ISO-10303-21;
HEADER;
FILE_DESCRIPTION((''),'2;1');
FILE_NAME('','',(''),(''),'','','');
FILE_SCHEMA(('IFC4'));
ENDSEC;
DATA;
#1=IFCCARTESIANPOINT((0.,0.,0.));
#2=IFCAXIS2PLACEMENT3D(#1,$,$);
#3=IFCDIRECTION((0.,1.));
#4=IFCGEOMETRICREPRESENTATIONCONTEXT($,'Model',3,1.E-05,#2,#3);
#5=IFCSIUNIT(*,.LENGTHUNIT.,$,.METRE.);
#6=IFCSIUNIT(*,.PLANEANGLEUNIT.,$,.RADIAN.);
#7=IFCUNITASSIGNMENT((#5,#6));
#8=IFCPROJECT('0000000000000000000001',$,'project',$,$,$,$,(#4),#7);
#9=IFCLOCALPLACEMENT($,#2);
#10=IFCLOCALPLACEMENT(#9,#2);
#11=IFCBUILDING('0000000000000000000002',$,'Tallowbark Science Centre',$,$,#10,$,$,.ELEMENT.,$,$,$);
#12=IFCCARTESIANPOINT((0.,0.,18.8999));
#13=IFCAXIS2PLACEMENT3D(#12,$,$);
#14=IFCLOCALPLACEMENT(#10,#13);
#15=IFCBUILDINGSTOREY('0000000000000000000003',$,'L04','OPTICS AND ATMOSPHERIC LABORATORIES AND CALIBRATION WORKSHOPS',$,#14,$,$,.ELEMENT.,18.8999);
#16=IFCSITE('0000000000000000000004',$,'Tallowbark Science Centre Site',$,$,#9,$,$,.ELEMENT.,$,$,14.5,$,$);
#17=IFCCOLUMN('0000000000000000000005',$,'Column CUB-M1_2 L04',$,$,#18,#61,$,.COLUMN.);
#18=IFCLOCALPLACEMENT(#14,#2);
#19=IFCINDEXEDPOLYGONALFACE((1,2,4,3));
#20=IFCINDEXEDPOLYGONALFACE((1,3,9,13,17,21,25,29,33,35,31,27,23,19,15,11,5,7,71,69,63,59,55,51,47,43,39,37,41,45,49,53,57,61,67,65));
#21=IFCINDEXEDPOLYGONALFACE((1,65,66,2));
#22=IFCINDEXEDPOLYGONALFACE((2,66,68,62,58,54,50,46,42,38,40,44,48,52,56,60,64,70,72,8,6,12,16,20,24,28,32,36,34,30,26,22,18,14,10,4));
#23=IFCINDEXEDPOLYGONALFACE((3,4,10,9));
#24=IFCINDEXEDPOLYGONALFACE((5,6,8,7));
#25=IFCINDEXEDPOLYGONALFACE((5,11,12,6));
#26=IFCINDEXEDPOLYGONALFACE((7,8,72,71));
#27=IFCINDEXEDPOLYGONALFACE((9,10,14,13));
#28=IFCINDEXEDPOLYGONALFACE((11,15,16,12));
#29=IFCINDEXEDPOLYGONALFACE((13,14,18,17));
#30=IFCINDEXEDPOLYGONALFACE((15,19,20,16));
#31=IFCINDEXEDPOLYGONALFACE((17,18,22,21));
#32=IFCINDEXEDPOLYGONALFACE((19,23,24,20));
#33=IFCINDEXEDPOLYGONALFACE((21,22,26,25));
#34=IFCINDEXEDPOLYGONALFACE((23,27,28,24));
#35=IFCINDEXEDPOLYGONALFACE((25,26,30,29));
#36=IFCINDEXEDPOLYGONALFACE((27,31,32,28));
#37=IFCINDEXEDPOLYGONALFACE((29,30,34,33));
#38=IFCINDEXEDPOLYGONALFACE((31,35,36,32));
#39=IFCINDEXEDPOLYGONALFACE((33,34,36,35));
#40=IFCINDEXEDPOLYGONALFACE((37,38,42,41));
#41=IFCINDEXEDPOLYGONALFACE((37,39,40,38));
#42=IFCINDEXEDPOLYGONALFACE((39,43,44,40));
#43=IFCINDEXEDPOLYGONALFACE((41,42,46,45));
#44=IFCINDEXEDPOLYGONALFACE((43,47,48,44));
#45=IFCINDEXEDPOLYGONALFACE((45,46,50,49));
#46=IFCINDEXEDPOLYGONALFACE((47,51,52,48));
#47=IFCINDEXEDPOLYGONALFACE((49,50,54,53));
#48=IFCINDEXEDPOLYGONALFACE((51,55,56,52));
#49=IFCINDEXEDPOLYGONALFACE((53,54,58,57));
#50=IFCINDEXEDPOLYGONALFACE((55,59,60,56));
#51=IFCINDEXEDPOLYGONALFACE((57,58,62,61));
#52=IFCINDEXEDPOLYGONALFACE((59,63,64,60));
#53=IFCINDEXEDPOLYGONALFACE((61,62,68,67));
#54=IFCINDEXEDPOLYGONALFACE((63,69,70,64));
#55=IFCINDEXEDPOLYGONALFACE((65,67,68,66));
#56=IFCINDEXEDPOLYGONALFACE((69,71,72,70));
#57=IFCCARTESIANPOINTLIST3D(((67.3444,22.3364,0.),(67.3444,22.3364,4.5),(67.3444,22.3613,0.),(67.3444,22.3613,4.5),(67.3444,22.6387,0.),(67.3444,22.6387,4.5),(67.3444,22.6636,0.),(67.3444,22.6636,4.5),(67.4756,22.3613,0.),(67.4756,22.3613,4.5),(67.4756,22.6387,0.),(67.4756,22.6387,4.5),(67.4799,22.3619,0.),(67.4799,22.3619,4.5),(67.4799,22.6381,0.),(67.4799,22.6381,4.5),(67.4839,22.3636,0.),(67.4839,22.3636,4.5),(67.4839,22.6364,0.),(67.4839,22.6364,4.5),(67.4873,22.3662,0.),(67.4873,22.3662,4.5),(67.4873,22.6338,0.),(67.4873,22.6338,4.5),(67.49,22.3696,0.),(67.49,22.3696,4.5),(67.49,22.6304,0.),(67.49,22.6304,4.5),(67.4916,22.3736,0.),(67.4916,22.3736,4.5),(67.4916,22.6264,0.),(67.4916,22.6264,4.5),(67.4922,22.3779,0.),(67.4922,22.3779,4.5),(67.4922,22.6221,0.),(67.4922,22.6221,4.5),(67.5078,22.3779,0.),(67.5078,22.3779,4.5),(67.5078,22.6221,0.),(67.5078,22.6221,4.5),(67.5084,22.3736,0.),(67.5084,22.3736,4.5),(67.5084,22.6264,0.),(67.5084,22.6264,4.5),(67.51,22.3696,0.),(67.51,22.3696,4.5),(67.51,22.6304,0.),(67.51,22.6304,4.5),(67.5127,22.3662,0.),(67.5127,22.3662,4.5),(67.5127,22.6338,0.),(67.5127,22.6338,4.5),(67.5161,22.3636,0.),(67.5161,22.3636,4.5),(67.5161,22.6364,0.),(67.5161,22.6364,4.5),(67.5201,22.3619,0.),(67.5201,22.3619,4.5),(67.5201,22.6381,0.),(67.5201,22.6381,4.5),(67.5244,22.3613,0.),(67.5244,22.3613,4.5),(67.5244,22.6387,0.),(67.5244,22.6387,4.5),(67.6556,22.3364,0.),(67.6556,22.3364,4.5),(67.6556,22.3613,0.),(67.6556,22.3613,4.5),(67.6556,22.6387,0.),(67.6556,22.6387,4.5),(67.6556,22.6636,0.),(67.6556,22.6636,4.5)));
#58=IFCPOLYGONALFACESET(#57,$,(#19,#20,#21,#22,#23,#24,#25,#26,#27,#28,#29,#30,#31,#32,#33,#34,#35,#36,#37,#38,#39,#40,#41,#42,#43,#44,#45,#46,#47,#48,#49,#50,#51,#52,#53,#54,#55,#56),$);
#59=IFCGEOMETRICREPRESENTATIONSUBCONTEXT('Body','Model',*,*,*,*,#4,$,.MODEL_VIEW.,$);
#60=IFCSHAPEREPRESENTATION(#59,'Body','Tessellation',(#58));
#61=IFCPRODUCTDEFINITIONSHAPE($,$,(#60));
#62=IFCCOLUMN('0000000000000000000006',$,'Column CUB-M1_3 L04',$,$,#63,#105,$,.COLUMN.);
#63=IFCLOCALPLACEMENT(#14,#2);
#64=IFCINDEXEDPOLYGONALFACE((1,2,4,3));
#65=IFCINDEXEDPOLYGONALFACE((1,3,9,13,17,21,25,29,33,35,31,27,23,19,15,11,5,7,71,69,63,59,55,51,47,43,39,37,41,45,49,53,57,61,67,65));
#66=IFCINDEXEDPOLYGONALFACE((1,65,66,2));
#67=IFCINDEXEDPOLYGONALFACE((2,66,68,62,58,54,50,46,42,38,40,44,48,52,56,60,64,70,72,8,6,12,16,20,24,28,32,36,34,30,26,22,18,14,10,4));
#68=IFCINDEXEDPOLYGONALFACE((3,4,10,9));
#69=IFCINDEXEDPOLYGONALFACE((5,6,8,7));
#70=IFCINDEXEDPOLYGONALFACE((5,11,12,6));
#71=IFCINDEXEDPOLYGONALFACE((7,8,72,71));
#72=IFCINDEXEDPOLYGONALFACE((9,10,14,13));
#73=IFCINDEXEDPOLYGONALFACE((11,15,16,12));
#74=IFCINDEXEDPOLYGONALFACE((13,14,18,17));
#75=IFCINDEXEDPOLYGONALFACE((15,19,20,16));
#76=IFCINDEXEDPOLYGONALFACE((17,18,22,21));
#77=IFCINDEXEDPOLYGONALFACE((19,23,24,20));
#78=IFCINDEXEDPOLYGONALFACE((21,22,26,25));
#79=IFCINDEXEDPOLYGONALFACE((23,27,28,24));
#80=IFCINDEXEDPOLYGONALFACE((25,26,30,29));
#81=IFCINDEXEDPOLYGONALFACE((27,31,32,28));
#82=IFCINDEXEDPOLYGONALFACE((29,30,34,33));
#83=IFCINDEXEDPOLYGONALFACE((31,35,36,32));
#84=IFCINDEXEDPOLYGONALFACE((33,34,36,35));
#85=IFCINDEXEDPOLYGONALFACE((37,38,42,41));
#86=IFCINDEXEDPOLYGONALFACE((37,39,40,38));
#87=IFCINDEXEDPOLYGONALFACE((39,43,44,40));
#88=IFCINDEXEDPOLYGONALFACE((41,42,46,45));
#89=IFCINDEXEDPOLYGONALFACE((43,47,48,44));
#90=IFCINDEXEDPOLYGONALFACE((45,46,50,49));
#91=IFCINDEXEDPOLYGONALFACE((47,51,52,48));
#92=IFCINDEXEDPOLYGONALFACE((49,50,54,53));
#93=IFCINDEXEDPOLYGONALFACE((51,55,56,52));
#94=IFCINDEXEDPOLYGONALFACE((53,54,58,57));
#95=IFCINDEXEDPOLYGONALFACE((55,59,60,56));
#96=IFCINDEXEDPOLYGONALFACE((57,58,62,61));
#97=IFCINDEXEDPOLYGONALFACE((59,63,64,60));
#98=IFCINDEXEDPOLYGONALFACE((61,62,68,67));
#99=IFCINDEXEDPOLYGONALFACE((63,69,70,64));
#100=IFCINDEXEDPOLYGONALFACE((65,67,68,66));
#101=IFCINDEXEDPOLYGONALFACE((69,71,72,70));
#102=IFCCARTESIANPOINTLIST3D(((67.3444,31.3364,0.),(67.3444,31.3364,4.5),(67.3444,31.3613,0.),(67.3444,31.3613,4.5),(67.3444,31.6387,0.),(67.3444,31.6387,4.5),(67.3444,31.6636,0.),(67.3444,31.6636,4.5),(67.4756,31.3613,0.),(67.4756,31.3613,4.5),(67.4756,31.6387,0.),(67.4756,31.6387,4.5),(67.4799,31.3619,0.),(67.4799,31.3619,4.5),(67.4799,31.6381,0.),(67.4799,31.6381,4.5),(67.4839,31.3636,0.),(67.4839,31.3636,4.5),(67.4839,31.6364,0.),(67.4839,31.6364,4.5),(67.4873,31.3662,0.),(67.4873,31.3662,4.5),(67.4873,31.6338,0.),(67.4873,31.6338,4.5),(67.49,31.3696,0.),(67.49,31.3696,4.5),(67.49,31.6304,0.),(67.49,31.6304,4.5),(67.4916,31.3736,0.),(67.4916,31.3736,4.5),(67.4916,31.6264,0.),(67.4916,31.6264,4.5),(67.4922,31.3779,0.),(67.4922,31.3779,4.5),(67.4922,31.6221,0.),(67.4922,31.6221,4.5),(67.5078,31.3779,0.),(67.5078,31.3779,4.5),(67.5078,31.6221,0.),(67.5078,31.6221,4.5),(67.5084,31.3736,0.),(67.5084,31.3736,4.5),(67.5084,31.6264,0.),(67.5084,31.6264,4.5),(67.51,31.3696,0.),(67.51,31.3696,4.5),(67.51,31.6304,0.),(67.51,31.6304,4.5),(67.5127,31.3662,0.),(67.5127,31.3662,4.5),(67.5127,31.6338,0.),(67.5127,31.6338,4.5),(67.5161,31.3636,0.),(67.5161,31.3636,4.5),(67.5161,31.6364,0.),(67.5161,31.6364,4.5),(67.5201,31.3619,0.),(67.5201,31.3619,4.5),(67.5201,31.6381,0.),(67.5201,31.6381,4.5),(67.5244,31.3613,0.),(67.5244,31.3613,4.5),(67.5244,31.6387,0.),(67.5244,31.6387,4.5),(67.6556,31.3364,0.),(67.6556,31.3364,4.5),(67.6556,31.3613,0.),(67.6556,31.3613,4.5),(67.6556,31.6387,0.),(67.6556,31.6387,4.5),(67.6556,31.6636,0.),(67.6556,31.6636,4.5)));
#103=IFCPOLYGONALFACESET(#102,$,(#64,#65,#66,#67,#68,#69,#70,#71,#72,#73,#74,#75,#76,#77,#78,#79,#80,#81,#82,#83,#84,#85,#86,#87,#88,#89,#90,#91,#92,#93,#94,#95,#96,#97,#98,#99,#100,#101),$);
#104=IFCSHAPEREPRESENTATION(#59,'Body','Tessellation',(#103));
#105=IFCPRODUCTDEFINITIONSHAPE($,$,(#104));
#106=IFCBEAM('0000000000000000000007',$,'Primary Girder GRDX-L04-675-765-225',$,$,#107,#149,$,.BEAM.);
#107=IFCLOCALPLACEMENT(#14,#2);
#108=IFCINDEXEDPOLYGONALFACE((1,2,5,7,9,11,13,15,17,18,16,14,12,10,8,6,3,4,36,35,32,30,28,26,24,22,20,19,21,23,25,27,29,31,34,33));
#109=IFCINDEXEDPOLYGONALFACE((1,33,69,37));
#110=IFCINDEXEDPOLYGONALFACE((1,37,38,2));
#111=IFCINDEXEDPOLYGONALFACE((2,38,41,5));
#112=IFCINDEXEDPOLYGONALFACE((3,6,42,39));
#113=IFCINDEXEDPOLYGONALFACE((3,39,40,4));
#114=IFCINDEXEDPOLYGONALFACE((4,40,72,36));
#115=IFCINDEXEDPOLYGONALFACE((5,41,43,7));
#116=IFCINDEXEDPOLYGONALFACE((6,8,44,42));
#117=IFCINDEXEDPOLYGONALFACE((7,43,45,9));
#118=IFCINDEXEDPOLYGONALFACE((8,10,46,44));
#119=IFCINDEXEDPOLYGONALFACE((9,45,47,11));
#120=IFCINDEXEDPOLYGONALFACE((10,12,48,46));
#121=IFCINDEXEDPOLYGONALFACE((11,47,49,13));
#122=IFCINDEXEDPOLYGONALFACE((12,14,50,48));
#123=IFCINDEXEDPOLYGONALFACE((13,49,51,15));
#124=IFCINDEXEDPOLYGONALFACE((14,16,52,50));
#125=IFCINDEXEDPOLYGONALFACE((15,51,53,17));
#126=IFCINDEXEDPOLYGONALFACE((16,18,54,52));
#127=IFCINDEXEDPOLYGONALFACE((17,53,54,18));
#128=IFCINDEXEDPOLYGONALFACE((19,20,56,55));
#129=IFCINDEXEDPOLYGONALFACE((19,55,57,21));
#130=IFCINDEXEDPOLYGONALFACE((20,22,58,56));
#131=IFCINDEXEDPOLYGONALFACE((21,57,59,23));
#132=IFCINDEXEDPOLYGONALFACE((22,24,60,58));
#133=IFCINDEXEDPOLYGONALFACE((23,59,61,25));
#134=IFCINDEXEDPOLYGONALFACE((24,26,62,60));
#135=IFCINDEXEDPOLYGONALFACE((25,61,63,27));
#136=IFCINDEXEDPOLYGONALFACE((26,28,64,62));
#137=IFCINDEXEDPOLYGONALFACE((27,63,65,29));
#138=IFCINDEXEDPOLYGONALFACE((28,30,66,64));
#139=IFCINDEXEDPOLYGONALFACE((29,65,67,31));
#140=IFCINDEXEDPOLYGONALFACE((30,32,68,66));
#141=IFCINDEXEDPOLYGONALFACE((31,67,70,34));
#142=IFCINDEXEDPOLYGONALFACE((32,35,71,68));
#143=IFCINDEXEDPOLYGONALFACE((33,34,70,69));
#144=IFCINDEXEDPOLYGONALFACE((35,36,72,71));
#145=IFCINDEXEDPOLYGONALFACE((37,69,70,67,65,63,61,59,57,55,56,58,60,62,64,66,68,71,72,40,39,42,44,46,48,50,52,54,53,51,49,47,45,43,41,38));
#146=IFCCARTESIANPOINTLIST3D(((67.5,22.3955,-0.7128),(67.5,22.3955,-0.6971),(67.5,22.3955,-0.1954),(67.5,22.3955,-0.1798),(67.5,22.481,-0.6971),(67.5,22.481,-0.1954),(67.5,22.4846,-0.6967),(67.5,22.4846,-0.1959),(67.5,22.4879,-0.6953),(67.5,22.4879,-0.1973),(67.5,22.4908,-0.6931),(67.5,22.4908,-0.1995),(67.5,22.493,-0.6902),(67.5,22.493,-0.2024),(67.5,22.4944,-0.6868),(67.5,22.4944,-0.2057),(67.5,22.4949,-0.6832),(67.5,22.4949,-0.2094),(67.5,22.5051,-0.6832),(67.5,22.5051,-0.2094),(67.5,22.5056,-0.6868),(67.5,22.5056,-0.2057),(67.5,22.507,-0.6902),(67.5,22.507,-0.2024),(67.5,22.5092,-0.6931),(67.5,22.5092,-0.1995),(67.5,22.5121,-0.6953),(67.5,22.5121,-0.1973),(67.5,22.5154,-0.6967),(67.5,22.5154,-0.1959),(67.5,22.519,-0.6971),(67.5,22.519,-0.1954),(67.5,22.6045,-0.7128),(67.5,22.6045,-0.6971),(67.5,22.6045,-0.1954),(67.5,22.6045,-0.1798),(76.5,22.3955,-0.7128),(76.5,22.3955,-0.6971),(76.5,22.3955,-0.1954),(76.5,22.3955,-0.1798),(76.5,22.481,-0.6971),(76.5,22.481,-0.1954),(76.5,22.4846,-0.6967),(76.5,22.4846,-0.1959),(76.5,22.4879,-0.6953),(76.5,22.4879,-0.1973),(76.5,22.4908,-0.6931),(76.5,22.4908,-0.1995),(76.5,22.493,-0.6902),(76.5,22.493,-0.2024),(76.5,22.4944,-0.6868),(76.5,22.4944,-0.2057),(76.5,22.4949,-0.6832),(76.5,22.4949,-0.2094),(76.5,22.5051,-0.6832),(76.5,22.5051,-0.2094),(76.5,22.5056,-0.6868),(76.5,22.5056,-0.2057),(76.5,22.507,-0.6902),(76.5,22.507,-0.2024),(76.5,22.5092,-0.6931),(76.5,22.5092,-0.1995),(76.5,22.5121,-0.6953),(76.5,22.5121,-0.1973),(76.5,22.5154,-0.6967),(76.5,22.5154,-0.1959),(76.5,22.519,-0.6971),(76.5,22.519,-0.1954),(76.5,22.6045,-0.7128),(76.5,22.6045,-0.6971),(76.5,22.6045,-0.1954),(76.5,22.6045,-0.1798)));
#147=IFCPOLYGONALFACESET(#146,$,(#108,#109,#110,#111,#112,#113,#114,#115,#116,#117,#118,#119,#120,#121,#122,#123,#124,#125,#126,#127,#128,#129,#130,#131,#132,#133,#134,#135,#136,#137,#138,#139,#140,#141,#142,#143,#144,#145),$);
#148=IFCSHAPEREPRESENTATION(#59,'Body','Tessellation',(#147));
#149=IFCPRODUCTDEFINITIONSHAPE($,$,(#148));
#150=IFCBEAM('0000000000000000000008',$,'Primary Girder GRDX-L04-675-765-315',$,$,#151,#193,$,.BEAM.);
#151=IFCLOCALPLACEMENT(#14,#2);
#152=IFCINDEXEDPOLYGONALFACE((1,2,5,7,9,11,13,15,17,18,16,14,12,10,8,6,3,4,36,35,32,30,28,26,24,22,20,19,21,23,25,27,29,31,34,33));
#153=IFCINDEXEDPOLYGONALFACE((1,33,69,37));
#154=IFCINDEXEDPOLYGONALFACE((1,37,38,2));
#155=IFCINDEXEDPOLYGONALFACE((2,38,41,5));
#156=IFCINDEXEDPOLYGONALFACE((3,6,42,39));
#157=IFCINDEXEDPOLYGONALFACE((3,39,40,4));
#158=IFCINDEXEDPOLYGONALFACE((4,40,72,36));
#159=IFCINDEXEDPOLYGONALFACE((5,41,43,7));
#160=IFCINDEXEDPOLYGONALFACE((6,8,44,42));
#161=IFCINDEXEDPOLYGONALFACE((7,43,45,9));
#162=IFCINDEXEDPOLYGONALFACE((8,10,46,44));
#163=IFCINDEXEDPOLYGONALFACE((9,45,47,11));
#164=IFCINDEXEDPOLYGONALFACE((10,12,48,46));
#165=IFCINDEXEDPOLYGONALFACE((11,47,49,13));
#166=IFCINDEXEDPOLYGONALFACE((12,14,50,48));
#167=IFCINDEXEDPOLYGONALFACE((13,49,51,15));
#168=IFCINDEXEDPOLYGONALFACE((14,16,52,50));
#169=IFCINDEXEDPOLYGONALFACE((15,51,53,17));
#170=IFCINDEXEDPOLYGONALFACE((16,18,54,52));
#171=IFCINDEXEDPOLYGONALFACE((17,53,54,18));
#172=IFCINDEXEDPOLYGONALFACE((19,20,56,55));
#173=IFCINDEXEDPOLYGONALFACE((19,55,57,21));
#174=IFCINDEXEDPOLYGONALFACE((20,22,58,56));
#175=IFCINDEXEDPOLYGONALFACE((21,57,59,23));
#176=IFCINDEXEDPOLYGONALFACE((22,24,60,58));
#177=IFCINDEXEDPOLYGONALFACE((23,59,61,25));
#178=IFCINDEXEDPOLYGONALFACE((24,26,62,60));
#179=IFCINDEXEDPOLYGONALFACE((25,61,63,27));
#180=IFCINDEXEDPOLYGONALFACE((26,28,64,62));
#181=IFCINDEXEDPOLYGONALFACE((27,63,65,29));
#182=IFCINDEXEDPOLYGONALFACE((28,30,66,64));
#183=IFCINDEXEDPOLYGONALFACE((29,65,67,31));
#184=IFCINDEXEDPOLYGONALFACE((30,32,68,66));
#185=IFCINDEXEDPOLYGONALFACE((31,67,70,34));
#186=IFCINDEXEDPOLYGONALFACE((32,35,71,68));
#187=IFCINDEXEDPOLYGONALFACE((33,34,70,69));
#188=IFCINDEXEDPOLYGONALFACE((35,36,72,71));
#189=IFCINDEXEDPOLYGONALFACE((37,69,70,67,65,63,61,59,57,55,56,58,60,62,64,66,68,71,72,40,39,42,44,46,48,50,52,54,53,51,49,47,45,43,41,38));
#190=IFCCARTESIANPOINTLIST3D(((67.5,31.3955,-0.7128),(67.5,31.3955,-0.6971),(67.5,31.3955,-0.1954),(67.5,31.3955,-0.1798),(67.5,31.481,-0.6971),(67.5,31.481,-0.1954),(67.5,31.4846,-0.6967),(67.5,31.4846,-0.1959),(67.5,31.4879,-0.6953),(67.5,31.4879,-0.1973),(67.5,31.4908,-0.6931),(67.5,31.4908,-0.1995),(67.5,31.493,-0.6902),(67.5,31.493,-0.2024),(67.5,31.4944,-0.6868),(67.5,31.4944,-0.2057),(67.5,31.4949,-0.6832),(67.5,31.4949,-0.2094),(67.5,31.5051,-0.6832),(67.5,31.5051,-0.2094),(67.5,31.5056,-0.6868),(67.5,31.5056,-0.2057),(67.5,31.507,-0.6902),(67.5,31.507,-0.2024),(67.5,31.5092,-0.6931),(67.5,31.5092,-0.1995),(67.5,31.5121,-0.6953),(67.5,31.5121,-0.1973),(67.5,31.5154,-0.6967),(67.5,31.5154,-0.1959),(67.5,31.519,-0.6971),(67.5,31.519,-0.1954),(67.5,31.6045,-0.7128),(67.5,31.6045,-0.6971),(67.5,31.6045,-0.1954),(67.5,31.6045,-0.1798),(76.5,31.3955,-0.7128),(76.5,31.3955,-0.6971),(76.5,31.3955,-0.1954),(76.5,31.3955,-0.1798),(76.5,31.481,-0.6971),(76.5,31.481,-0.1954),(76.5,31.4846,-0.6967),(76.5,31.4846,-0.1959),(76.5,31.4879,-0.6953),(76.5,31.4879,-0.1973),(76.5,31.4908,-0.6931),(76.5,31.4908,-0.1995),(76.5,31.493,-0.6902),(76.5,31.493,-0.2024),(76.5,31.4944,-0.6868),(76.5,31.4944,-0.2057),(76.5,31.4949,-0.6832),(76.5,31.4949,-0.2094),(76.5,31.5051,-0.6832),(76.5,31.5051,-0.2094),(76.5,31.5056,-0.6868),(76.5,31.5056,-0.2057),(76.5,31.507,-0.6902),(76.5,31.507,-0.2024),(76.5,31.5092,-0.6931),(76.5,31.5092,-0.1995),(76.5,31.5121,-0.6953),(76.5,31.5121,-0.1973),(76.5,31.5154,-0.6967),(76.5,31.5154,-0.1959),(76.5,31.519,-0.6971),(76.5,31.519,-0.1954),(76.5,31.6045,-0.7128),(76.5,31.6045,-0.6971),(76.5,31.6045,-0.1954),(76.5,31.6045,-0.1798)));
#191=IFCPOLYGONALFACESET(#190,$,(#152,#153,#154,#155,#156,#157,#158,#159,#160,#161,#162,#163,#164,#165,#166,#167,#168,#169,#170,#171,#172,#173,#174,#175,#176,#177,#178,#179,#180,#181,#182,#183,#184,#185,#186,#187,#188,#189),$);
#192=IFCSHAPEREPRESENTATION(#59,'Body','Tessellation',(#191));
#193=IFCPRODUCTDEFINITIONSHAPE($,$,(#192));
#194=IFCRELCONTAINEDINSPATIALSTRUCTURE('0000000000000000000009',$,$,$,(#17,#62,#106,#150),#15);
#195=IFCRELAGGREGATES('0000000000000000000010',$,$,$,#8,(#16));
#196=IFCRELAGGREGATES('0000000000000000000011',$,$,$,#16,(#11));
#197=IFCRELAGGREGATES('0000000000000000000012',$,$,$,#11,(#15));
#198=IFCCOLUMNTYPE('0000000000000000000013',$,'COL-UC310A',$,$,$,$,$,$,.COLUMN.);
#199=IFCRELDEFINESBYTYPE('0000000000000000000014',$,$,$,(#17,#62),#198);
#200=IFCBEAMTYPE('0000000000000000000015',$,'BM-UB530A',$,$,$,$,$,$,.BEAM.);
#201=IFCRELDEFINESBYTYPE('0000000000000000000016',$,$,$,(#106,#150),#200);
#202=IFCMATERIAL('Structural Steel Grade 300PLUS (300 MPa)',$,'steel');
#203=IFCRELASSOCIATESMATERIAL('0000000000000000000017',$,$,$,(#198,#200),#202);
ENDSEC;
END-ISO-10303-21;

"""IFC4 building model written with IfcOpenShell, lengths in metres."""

from ifc_helpers import new_model, si_unit, direction, frame, origin, origin_2d, place, context, subcontext, project, spatial, i_section, extrude, material, material_profile, profile_set, type_object, element, save


model = new_model("IFC4")

# Units and contexts
model_context = context("Model", 3, precision=1e-05, world=origin(), true_north=direction((0.0, 1.0)))
body_context = subcontext(model_context, "Body", "Model", "MODEL_VIEW")
ifc_project = project(units=[si_unit("LENGTHUNIT", "METRE"), si_unit("PLANEANGLEUNIT", "RADIAN")], contexts=[model_context])

# Site, building, storey
site_placement = place(None, origin())
site = spatial("IfcSite", under=ifc_project, at=site_placement, Name="Tallowbark Science Centre Site", CompositionType="ELEMENT", RefElevation=14.5)
building_placement = place(site_placement, origin())
building = spatial("IfcBuilding", under=site, at=building_placement, Name="Tallowbark Science Centre", CompositionType="ELEMENT")
storey_placement = place(building_placement, frame((0.0, 0.0, 18.8999)))
storey = spatial("IfcBuildingStorey", under=building, at=storey_placement, Name="L04", Description="OPTICS AND ATMOSPHERIC LABORATORIES AND CALIBRATION WORKSHOPS", CompositionType="ELEMENT", Elevation=18.8999)

# Columns
ifc_material_1 = material(Name="Structural Steel Grade 300PLUS (300 MPa)", Category="steel")
ifc_material_profile_1 = material_profile(ifc_material_1, i_section(OverallWidth=0.3113, OverallDepth=0.3271, WebThickness=0.0156, FlangeThickness=0.0249, FilletRadius=0.0166, at=origin_2d()), Name="310UC158")
ifc_profile_set_1 = profile_set([ifc_material_profile_1], Name="Structural Steel Grade 300PLUS (300 MPa)")
column_type = type_object("IfcColumnType", Name="COL-UC310A", PredefinedType="COLUMN", material=ifc_profile_set_1)
for number, where, z_axis, x_axis, name in (
    (1, (67.5, 22.5, 0.0), (0.0, 0.0, 1.0), (1.0, 0.0, 0.0), "Column CUB-M1_2 L04"),
    (2, (67.5, 31.5, 0.0), (0.0, 0.0, 1.0), (1.0, 0.0, 0.0), "Column CUB-M1_3 L04"),
):
    element("IfcColumn", number, at=place(storey_placement, frame(where, z_axis=z_axis, x_axis=x_axis)), inside=storey, type_object=column_type, Name=name, PredefinedType="COLUMN", context=body_context, shape_type="SweptSolid", body=[
        extrude(i_section(OverallWidth=0.3113, OverallDepth=0.3271, WebThickness=0.0156, FlangeThickness=0.0249, FilletRadius=0.0166, at=origin_2d()), origin(), (0.0, 0.0, 1.0), 4.5),
    ])

# Beams
ifc_material_profile_2 = material_profile(ifc_material_1, i_section(OverallWidth=0.209, OverallDepth=0.533, WebThickness=0.0103, FlangeThickness=0.0156, FilletRadius=0.0139, at=origin_2d()), Name="530UB92.4")
ifc_profile_set_2 = profile_set([ifc_material_profile_2], Name="Structural Steel Grade 300PLUS (300 MPa)")
beam_type_1 = type_object("IfcBeamType", Name="BM-UB530A", PredefinedType="BEAM", material=ifc_profile_set_2)
for number, where, z_axis, x_axis, name in (
    (3, (67.5, 22.5, -0.4463), (1.0, 0.0, 0.0), (0.0, 1.0, 0.0), "Primary Girder GRDX-L04-675-765-225"),
    (4, (67.5, 31.5, -0.4463), (1.0, 0.0, 0.0), (0.0, 1.0, 0.0), "Primary Girder GRDX-L04-675-765-315"),
):
    element("IfcBeam", number, at=place(storey_placement, frame(where, z_axis=z_axis, x_axis=x_axis)), inside=storey, type_object=beam_type_1, Name=name, PredefinedType="BEAM", context=body_context, shape_type="SweptSolid", body=[
        extrude(i_section(OverallWidth=0.209, OverallDepth=0.533, WebThickness=0.0103, FlangeThickness=0.0156, FilletRadius=0.0139, at=origin_2d()), origin(), (0.0, 0.0, 1.0), 9.0),
    ])

save(model, "model.ifc")
